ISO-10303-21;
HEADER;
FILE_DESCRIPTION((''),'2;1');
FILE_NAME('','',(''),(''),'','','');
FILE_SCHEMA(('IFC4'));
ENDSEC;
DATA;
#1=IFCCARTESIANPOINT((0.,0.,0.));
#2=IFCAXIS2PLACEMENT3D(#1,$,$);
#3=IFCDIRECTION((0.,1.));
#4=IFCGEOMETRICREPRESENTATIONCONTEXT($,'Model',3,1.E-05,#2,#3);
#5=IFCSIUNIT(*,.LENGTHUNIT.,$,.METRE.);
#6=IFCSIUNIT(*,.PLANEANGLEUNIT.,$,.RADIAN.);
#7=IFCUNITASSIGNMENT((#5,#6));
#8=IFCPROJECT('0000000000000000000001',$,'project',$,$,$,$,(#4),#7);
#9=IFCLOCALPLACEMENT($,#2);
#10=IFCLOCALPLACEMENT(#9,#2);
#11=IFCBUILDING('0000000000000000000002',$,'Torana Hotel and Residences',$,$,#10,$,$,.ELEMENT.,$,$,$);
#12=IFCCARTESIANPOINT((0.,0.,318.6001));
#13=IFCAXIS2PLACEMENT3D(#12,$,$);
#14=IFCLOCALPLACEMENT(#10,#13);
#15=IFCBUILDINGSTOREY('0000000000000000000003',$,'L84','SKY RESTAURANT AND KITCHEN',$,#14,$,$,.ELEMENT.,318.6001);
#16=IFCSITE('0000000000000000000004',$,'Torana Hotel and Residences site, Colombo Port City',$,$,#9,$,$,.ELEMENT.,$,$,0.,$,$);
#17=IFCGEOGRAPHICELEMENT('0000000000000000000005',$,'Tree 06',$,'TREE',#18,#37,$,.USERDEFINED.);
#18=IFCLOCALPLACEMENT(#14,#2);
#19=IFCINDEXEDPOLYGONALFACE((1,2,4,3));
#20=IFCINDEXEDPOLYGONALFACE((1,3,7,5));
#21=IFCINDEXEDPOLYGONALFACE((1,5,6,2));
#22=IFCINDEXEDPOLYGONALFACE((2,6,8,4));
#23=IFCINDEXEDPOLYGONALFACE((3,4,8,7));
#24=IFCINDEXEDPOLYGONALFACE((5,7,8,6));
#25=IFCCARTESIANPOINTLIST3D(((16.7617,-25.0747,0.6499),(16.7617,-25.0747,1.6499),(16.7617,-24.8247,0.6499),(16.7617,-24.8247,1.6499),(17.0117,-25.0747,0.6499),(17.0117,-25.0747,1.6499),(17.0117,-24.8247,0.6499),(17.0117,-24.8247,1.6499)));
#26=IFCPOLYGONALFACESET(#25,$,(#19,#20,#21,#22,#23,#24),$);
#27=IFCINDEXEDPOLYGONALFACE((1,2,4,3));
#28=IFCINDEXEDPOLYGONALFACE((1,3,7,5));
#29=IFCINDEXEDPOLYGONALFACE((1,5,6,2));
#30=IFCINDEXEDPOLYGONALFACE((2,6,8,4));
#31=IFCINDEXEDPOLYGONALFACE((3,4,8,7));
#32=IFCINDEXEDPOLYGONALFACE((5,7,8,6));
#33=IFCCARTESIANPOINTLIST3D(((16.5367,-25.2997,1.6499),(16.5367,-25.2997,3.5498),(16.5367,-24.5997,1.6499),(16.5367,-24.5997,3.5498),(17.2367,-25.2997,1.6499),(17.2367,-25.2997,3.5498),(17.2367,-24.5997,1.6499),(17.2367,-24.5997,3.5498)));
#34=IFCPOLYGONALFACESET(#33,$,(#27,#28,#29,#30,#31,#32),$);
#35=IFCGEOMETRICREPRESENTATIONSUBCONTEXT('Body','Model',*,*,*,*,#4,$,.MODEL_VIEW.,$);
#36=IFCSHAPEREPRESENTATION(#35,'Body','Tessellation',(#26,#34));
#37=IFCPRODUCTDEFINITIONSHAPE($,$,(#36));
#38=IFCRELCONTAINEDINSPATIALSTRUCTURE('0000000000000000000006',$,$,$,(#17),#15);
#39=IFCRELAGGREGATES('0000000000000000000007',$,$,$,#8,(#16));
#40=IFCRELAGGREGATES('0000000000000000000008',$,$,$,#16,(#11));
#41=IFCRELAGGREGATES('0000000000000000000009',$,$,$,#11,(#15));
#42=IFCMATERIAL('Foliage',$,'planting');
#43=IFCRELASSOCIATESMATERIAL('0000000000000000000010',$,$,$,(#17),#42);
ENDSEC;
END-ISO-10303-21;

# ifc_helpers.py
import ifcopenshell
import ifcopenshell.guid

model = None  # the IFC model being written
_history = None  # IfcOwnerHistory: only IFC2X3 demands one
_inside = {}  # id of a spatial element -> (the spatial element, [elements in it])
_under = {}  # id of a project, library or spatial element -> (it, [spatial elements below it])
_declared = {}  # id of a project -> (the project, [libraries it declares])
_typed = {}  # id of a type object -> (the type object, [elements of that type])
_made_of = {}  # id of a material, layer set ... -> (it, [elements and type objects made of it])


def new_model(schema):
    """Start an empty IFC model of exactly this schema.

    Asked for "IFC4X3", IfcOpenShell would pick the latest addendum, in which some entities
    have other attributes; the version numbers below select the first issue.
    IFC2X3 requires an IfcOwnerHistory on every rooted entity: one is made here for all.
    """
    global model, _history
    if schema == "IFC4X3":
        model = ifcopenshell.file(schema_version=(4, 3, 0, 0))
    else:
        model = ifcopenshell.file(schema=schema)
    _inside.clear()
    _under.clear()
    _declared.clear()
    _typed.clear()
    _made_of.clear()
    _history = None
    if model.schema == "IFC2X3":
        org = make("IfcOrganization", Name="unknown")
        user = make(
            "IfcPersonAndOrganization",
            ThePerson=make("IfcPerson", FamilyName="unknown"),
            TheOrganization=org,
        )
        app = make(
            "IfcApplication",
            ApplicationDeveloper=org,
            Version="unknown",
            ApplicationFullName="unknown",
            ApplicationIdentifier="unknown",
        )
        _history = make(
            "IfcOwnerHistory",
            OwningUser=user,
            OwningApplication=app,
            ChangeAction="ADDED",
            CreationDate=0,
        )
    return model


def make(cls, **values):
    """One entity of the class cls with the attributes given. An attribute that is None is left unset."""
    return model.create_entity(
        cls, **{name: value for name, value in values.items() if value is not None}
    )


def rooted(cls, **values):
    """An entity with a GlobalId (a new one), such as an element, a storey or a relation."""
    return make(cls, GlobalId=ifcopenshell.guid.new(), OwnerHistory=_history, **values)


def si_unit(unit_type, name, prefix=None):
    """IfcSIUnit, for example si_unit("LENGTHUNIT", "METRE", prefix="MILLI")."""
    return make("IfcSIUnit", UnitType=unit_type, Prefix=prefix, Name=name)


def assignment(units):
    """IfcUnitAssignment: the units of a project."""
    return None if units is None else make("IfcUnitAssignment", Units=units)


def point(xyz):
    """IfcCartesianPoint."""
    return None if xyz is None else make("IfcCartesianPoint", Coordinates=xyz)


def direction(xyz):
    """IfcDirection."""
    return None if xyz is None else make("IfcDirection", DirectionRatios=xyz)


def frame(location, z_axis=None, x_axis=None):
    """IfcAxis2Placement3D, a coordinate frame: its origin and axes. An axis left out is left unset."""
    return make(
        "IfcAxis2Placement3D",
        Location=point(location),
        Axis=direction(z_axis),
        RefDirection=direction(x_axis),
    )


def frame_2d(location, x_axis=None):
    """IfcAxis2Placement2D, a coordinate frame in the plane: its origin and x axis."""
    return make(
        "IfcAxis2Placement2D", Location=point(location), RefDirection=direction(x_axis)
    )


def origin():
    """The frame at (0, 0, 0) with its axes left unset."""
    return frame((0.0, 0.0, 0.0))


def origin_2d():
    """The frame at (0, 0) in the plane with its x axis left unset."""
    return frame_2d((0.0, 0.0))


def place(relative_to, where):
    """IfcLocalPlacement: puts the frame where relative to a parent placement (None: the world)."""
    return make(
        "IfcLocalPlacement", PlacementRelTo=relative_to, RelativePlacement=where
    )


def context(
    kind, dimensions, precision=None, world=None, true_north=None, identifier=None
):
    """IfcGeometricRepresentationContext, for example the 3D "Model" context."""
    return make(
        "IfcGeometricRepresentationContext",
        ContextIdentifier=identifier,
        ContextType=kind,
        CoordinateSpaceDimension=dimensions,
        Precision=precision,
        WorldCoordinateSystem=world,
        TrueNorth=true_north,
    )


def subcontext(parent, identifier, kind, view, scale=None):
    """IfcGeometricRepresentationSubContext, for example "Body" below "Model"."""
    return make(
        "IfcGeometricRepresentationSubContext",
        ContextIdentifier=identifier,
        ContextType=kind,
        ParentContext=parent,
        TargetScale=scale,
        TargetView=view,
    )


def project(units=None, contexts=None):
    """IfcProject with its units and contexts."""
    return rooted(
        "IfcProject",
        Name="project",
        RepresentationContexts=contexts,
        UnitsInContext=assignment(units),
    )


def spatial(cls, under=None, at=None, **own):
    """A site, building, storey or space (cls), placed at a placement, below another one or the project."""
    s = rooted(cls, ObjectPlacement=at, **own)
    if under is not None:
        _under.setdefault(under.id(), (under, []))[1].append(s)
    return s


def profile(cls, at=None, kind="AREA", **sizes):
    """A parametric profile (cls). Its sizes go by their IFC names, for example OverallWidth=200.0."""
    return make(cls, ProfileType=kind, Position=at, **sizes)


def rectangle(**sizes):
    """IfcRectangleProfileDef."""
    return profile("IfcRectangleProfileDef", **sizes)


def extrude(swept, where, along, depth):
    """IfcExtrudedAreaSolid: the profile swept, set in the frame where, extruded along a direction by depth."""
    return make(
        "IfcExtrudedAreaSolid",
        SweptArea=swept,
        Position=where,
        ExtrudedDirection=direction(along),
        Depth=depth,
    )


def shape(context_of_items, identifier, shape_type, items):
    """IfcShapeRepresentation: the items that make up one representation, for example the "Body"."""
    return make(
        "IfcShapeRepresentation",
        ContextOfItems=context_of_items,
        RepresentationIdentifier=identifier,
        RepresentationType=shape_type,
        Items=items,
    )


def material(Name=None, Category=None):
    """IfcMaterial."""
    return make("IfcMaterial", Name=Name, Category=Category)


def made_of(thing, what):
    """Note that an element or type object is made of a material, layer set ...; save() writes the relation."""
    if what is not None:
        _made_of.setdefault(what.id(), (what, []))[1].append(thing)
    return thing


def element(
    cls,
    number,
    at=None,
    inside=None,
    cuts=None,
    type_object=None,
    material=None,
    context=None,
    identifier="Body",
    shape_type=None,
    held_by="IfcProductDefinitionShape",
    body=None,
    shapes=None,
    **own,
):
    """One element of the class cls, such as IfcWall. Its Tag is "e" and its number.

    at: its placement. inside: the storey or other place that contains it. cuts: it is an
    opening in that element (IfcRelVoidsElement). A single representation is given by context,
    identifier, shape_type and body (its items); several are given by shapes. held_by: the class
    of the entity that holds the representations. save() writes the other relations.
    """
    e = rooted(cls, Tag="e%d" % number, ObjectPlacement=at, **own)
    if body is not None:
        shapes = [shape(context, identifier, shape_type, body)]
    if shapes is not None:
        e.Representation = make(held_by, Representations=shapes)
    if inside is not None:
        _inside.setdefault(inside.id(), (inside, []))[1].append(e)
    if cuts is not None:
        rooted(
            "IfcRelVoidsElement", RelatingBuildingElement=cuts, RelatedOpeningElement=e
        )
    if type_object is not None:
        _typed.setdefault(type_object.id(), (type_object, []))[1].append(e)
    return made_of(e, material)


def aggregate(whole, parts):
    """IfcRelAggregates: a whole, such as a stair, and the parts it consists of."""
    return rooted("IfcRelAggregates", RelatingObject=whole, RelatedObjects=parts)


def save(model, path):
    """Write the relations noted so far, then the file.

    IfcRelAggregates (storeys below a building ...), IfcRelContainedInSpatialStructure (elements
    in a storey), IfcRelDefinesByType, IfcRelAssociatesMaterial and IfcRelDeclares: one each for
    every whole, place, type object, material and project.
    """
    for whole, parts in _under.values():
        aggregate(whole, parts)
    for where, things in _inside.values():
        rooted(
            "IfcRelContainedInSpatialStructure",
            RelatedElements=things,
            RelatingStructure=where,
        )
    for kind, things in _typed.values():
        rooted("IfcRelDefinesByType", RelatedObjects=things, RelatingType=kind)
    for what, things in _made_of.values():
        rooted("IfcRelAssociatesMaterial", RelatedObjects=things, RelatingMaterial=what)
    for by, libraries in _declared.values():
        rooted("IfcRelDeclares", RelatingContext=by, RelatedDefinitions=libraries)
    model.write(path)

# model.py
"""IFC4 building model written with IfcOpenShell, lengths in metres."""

from ifc_helpers import new_model, si_unit, direction, frame, origin, origin_2d, place, context, subcontext, project, spatial, rectangle, extrude, material, element, save


model = new_model("IFC4")

# Units and contexts
model_context = context("Model", 3, precision=1e-05, world=origin(), true_north=direction((0.0, 1.0)))
body_context = subcontext(model_context, "Body", "Model", "MODEL_VIEW")
ifc_project = project(units=[si_unit("LENGTHUNIT", "METRE"), si_unit("PLANEANGLEUNIT", "RADIAN")], contexts=[model_context])

# Site, building, storey
site_placement = place(None, origin())
site = spatial("IfcSite", under=ifc_project, at=site_placement, Name="Torana Hotel and Residences site, Colombo Port City", CompositionType="ELEMENT", RefElevation=0.0)
building_placement = place(site_placement, origin())
building = spatial("IfcBuilding", under=site, at=building_placement, Name="Torana Hotel and Residences", CompositionType="ELEMENT")
storey_placement = place(building_placement, frame((0.0, 0.0, 318.6001)))
storey = spatial("IfcBuildingStorey", under=building, at=storey_placement, Name="L84", Description="SKY RESTAURANT AND KITCHEN", CompositionType="ELEMENT", Elevation=318.6001)

# Geographic element
ifc_material_1 = material(Name="Foliage", Category="planting")
geographic_element_placement = place(storey_placement, frame((16.8867, -24.9497, 0.6499), z_axis=(0.0, 0.0, 1.0), x_axis=(1.0, 0.0, 0.0)))
element("IfcGeographicElement", 1, at=geographic_element_placement, inside=storey, material=ifc_material_1, Name="Tree 06", ObjectType="TREE", PredefinedType="USERDEFINED", context=body_context, shape_type="SweptSolid", body=[
    extrude(rectangle(XDim=0.25, YDim=0.25, at=origin_2d()), origin(), (0.0, 0.0, 1.0), 1.0),
    extrude(rectangle(XDim=0.7, YDim=0.7, at=origin_2d()), frame((0.0, 0.0, 1.0)), (0.0, 0.0, 1.0), 1.8999),
])

save(model, "model.ifc")
